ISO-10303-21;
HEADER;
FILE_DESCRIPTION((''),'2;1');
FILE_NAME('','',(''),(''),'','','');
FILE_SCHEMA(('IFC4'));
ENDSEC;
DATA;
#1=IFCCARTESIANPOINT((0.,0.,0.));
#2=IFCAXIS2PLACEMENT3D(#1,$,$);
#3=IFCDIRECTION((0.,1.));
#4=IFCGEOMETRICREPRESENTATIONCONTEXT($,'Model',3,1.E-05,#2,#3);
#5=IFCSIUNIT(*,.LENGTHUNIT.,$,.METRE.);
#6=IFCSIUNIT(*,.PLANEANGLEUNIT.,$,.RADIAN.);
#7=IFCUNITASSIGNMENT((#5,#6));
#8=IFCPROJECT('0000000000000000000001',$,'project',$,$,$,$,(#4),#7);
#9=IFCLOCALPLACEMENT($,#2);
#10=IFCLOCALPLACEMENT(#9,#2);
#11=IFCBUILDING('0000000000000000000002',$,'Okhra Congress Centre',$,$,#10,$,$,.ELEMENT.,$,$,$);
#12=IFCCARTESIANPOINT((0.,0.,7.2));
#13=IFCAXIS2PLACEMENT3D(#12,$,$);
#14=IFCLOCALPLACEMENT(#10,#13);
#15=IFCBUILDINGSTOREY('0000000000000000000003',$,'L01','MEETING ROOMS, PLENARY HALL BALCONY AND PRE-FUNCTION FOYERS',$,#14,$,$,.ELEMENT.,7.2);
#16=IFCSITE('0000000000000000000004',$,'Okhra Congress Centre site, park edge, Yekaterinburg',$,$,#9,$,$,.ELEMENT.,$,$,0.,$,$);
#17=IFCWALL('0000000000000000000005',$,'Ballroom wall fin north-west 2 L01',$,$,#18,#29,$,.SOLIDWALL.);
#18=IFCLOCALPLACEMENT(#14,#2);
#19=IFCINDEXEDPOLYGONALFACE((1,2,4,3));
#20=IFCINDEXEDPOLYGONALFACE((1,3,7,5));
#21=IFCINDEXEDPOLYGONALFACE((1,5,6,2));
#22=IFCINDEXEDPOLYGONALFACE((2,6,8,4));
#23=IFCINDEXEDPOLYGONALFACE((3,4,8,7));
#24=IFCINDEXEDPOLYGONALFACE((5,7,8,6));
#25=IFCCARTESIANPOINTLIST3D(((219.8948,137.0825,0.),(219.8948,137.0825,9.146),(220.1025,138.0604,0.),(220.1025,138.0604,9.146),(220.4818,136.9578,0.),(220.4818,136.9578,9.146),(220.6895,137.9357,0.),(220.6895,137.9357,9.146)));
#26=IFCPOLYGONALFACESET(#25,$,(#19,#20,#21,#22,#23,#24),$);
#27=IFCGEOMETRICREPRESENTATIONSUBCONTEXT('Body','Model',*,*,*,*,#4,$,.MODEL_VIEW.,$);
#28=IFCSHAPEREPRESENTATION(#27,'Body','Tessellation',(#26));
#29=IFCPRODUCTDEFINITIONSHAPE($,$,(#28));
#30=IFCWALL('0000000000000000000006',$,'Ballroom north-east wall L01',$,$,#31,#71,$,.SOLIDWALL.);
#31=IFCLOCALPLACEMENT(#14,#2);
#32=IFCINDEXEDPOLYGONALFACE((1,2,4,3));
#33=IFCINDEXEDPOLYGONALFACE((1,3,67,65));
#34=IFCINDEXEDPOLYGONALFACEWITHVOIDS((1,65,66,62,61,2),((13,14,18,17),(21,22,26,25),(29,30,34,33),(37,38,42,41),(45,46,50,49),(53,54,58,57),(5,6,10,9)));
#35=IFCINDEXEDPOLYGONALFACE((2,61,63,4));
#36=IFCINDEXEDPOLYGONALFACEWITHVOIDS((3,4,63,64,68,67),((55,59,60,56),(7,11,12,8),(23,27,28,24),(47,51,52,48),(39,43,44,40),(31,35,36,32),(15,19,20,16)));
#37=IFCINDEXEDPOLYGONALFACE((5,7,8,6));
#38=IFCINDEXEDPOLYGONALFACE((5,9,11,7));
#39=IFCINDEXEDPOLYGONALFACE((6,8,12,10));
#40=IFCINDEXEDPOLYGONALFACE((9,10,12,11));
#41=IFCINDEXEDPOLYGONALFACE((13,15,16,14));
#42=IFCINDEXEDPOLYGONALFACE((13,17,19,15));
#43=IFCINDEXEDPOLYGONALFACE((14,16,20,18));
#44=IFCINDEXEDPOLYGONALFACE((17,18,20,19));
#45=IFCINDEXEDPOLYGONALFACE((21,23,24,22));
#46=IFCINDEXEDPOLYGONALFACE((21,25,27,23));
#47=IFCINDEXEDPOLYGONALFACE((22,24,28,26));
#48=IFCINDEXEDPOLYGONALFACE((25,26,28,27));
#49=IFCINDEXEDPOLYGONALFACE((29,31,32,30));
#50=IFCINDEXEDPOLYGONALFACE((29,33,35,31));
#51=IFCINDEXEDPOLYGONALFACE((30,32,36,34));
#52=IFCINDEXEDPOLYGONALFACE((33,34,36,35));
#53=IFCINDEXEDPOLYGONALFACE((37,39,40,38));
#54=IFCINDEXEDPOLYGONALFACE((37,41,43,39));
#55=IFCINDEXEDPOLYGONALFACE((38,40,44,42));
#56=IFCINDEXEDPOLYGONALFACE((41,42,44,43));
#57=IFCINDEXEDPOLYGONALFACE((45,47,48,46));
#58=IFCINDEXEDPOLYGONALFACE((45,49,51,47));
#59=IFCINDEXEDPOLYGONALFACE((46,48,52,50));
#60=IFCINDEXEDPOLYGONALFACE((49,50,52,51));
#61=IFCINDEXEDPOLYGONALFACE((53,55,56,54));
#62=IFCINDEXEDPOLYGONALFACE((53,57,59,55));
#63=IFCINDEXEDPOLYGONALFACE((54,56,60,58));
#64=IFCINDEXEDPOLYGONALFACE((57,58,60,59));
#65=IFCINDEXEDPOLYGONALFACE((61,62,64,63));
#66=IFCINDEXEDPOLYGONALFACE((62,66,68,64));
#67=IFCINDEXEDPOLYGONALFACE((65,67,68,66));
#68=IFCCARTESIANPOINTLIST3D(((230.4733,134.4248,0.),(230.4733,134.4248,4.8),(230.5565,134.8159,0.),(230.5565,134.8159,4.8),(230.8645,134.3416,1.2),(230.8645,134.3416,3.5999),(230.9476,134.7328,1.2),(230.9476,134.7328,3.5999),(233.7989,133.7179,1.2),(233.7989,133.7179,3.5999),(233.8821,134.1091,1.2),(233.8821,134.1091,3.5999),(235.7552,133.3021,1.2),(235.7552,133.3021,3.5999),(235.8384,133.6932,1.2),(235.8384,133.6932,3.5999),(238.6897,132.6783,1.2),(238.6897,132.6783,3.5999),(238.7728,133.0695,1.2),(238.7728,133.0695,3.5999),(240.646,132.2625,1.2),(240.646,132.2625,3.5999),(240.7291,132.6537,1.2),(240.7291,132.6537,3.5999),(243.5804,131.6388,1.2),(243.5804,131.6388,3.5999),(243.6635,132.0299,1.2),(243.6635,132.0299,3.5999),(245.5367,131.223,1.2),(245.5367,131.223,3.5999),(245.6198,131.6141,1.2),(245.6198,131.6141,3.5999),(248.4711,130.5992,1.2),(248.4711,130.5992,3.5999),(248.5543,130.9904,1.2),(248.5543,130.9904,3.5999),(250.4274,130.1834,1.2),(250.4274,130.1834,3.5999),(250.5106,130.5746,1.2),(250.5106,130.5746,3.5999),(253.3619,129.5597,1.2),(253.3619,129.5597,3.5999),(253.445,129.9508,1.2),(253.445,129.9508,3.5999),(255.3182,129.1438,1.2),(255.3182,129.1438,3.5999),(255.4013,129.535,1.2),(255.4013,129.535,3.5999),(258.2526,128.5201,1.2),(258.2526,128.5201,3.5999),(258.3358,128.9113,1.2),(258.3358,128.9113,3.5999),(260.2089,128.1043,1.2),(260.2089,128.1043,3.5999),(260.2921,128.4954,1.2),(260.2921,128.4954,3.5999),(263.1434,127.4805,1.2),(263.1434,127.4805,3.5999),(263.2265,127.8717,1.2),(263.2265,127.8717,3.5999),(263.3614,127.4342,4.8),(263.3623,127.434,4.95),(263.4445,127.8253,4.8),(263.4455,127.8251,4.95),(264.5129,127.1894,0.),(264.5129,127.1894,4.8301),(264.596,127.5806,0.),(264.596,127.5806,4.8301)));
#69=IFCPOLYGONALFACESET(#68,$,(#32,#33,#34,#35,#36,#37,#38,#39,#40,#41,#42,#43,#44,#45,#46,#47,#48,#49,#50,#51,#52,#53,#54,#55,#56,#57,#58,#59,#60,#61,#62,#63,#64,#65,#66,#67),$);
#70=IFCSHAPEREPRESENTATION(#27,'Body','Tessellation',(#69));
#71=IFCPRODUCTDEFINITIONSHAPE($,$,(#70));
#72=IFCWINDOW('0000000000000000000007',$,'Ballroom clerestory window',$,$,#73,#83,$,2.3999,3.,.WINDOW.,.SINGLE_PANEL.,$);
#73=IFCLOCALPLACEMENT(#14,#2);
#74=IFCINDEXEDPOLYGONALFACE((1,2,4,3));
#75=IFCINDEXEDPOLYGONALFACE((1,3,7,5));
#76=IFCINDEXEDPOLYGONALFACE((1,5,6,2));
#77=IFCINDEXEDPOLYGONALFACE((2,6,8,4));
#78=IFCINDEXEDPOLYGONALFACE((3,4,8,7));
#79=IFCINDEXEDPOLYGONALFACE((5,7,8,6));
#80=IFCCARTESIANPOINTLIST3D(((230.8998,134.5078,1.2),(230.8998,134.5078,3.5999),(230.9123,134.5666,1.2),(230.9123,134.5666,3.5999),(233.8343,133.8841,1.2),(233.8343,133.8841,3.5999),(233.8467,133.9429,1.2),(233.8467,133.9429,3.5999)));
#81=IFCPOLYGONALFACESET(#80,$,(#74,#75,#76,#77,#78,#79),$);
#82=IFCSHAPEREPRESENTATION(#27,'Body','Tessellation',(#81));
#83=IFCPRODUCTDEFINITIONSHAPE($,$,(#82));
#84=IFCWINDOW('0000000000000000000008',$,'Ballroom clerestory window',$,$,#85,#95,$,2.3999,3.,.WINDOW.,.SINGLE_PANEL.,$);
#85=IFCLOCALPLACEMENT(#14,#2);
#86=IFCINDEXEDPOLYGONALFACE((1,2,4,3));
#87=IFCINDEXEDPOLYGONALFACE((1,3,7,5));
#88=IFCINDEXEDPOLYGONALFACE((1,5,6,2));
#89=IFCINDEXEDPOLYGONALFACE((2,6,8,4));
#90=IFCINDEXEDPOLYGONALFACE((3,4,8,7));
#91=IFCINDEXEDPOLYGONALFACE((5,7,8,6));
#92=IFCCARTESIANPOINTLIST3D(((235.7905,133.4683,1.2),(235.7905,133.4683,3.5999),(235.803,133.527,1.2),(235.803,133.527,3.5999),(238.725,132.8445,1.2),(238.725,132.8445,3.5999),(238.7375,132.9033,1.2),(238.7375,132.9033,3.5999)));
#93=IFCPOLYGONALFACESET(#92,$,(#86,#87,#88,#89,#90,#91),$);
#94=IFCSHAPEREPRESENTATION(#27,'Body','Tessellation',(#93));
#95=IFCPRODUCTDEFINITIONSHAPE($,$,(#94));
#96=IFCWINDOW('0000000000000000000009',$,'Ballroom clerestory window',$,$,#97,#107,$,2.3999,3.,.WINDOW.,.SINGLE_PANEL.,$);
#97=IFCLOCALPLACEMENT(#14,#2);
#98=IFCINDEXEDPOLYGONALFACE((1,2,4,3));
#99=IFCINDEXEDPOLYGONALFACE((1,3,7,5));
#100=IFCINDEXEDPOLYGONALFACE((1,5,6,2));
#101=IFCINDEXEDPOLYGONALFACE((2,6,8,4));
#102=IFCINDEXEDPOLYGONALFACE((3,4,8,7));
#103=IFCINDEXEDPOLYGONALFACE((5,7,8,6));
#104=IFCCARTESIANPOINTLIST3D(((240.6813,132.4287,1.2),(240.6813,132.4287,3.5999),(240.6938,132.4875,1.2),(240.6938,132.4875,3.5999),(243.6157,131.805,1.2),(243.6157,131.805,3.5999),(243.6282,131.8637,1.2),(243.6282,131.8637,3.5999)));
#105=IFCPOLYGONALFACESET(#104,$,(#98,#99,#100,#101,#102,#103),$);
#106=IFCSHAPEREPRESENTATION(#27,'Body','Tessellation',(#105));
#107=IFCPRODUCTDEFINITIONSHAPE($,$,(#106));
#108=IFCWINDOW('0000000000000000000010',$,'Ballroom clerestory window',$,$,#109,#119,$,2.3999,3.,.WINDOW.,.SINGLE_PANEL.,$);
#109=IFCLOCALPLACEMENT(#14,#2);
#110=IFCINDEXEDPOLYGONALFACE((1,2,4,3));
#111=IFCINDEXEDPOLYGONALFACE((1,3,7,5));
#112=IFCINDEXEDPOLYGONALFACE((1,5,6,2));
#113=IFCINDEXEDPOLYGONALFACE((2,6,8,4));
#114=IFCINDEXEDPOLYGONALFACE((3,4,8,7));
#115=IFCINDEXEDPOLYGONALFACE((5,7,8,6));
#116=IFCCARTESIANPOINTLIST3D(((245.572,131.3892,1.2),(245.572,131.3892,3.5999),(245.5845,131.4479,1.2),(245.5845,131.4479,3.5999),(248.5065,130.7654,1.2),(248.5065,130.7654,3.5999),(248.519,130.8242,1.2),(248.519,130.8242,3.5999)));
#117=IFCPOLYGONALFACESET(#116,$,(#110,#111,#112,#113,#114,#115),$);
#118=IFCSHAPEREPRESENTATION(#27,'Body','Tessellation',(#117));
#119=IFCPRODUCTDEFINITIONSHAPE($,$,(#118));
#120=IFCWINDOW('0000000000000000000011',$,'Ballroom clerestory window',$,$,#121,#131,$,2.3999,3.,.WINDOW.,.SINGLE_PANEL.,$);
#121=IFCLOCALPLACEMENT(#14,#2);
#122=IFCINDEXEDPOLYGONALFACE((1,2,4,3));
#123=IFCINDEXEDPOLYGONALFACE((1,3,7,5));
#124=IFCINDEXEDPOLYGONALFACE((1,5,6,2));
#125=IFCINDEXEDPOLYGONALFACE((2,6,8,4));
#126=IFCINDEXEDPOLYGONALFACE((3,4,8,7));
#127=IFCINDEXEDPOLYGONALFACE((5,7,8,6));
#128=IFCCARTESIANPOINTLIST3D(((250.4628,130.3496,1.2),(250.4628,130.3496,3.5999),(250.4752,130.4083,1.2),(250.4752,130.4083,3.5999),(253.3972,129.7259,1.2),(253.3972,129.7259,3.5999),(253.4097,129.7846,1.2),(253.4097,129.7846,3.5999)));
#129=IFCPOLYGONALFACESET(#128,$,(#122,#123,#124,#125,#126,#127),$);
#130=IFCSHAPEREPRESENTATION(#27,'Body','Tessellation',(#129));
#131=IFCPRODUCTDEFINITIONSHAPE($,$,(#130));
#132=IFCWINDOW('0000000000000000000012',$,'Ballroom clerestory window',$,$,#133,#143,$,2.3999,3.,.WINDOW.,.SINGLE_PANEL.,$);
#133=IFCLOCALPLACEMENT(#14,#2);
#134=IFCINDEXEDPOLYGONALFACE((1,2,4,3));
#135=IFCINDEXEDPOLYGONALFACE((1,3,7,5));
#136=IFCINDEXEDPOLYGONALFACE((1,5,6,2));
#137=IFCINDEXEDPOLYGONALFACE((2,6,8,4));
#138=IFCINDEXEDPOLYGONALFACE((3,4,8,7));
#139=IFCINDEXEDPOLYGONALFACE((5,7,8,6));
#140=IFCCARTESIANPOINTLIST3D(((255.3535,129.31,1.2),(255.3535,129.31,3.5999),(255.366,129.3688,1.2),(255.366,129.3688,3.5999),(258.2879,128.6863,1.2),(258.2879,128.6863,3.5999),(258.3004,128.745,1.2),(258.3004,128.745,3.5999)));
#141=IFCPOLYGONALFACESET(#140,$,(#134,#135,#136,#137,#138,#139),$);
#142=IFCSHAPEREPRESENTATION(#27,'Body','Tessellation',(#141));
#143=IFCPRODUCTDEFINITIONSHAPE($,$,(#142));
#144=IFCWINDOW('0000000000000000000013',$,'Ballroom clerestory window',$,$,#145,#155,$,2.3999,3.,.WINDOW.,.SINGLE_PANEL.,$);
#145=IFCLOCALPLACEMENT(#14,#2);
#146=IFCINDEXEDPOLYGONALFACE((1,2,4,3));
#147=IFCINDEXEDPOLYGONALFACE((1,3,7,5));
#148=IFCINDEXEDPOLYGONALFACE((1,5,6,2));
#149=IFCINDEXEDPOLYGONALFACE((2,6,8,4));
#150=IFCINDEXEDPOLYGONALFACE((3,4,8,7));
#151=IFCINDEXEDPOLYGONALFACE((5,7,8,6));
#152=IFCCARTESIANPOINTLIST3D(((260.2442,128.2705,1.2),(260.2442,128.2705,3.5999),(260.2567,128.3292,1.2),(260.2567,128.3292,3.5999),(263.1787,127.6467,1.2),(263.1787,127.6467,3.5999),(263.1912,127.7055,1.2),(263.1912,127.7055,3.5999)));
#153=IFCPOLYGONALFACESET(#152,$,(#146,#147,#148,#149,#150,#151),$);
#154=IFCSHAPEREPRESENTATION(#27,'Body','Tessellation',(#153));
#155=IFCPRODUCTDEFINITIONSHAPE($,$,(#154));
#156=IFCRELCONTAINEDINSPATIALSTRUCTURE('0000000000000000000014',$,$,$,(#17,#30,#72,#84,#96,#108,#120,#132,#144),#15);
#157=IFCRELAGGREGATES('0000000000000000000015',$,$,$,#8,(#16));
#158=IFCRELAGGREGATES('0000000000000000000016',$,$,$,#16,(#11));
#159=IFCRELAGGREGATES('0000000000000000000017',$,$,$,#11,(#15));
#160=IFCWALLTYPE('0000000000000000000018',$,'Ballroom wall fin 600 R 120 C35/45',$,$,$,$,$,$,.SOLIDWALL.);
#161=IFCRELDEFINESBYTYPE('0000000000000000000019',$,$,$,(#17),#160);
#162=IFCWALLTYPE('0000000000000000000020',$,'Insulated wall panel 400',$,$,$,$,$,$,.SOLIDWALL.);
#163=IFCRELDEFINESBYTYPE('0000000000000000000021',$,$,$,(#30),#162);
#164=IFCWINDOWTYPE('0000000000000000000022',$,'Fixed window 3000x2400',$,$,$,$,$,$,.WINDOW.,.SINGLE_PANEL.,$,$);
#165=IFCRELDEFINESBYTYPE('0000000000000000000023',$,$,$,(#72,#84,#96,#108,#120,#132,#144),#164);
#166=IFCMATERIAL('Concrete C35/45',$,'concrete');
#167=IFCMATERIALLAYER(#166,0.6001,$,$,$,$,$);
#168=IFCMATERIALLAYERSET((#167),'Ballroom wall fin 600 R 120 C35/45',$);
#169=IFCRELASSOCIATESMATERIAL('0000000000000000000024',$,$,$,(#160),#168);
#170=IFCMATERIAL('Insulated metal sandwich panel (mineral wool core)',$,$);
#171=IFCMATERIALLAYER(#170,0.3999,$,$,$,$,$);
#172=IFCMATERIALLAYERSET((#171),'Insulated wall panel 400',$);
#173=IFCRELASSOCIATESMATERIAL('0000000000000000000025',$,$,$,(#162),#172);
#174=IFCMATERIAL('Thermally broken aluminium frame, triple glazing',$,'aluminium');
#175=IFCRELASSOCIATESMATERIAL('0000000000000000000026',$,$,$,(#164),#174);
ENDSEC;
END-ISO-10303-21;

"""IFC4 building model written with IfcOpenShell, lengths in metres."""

from ifc_helpers import new_model, si_unit, direction, frame, frame_2d, origin, place, context, subcontext, project, spatial, polyline, rectangle, outline, extrude, material, layer, layer_set, type_object, element, fill, save


model = new_model("IFC4")

# Units and contexts
model_context = context("Model", 3, precision=1e-05, world=origin(), true_north=direction((0.0, 1.0)))
body_context = subcontext(model_context, "Body", "Model", "MODEL_VIEW")
ifc_project = project(units=[si_unit("LENGTHUNIT", "METRE"), si_unit("PLANEANGLEUNIT", "RADIAN")], contexts=[model_context])

# Site, building, storey
site_placement = place(None, origin())
site = spatial("IfcSite", under=ifc_project, at=site_placement, Name="Okhra Congress Centre site, park edge, Yekaterinburg", CompositionType="ELEMENT", RefElevation=0.0)
building_placement = place(site_placement, origin())
building = spatial("IfcBuilding", under=site, at=building_placement, Name="Okhra Congress Centre", CompositionType="ELEMENT")
storey_placement = place(building_placement, frame((0.0, 0.0, 7.2)))
storey = spatial("IfcBuildingStorey", under=building, at=storey_placement, Name="L01", Description="MEETING ROOMS, PLENARY HALL BALCONY AND PRE-FUNCTION FOYERS", CompositionType="ELEMENT", Elevation=7.2)

# Wall
ifc_material_1 = material(Name="Concrete C35/45", Category="concrete")
ifc_layer_1 = layer(ifc_material_1, 0.6001)
ifc_layer_set_1 = layer_set([ifc_layer_1], Name="Ballroom wall fin 600 R 120 C35/45")
wall_type_1 = type_object("IfcWallType", Name="Ballroom wall fin 600 R 120 C35/45", PredefinedType="SOLIDWALL", material=ifc_layer_set_1)
wall_1_placement = place(storey_placement, frame((220.1882, 137.02, 0.0), z_axis=(0.0, 0.0, 1.0), x_axis=(0.207795, 0.978173, 0.0)))
element("IfcWall", 1, at=wall_1_placement, inside=storey, type_object=wall_type_1, Name="Ballroom wall fin north-west 2 L01", PredefinedType="SOLIDWALL", context=body_context, shape_type="SweptSolid", body=[
    extrude(rectangle(XDim=0.9998, YDim=0.6001, at=frame_2d((0.5, 0.0))), origin(), (0.0, 0.0, 1.0), 9.146),
])

# Wall, openings, windows
ifc_material_2 = material(Name="Insulated metal sandwich panel (mineral wool core)")
ifc_layer_2 = layer(ifc_material_2, 0.3999)
ifc_layer_set_2 = layer_set([ifc_layer_2], Name="Insulated wall panel 400")
wall_type_2 = type_object("IfcWallType", Name="Insulated wall panel 400", PredefinedType="SOLIDWALL", material=ifc_layer_set_2)
wall_2_placement = place(storey_placement, frame((230.5149, 134.6204, 0.0), z_axis=(0.0, 0.0, 1.0), x_axis=(0.978147, -0.207912, 0.0)))
wall_2 = element("IfcWall", 2, at=wall_2_placement, inside=storey, type_object=wall_type_2, Name="Ballroom north-east wall L01", PredefinedType="SOLIDWALL", context=body_context, shape_type="SweptSolid", body=[
    extrude(outline(polyline([(0.0, 0.0), (34.8, 0.0), (34.8, 4.8301), (33.6238, 4.95), (33.6228, 4.8), (0.0, 4.8), (0.0, 0.0)])), frame((0.0, 0.2, 0.0), z_axis=(0.0, -1.0, 0.0), x_axis=(1.0, 0.0, 0.0)), (0.0, 0.0, 1.0), 0.3999),
])
opening_1_placement = place(wall_2_placement, frame((0.3999, 0.0, 1.2)))
opening_1 = element("IfcOpeningElement", 3, at=opening_1_placement, cuts=wall_2, PredefinedType="OPENING", context=body_context, shape_type="SweptSolid", body=[
    extrude(rectangle(XDim=3.0, YDim=2.3999, at=frame_2d((1.5, 1.2))), frame((0.0, 0.21, 0.0), z_axis=(0.0, -1.0, 0.0), x_axis=(1.0, 0.0, 0.0)), (0.0, 0.0, 1.0), 0.4199),
])
opening_2_placement = place(wall_2_placement, frame((5.3999, 0.0, 1.2)))
opening_2 = element("IfcOpeningElement", 4, at=opening_2_placement, cuts=wall_2, PredefinedType="OPENING", context=body_context, shape_type="SweptSolid", body=[
    extrude(rectangle(XDim=3.0, YDim=2.3999, at=frame_2d((1.5, 1.2))), frame((0.0, 0.21, 0.0), z_axis=(0.0, -1.0, 0.0), x_axis=(1.0, 0.0, 0.0)), (0.0, 0.0, 1.0), 0.4199),
])
opening_3_placement = place(wall_2_placement, frame((10.3999, 0.0, 1.2)))
opening_3 = element("IfcOpeningElement", 5, at=opening_3_placement, cuts=wall_2, PredefinedType="OPENING", context=body_context, shape_type="SweptSolid", body=[
    extrude(rectangle(XDim=3.0, YDim=2.3999, at=frame_2d((1.5, 1.2))), frame((0.0, 0.21, 0.0), z_axis=(0.0, -1.0, 0.0), x_axis=(1.0, 0.0, 0.0)), (0.0, 0.0, 1.0), 0.4199),
])
opening_4_placement = place(wall_2_placement, frame((15.3999, 0.0, 1.2)))
opening_4 = element("IfcOpeningElement", 6, at=opening_4_placement, cuts=wall_2, PredefinedType="OPENING", context=body_context, shape_type="SweptSolid", body=[
    extrude(rectangle(XDim=3.0, YDim=2.3999, at=frame_2d((1.5, 1.2))), frame((0.0, 0.21, 0.0), z_axis=(0.0, -1.0, 0.0), x_axis=(1.0, 0.0, 0.0)), (0.0, 0.0, 1.0), 0.4199),
])
opening_5_placement = place(wall_2_placement, frame((20.3999, 0.0, 1.2)))
opening_5 = element("IfcOpeningElement", 7, at=opening_5_placement, cuts=wall_2, PredefinedType="OPENING", context=body_context, shape_type="SweptSolid", body=[
    extrude(rectangle(XDim=3.0, YDim=2.3999, at=frame_2d((1.5, 1.2))), frame((0.0, 0.21, 0.0), z_axis=(0.0, -1.0, 0.0), x_axis=(1.0, 0.0, 0.0)), (0.0, 0.0, 1.0), 0.4199),
])
opening_6_placement = place(wall_2_placement, frame((25.3999, 0.0, 1.2)))
opening_6 = element("IfcOpeningElement", 8, at=opening_6_placement, cuts=wall_2, PredefinedType="OPENING", context=body_context, shape_type="SweptSolid", body=[
    extrude(rectangle(XDim=3.0, YDim=2.3999, at=frame_2d((1.5, 1.2))), frame((0.0, 0.21, 0.0), z_axis=(0.0, -1.0, 0.0), x_axis=(1.0, 0.0, 0.0)), (0.0, 0.0, 1.0), 0.4199),
])
opening_7_placement = place(wall_2_placement, frame((30.3999, 0.0, 1.2)))
opening_7 = element("IfcOpeningElement", 9, at=opening_7_placement, cuts=wall_2, PredefinedType="OPENING", context=body_context, shape_type="SweptSolid", body=[
    extrude(rectangle(XDim=3.0, YDim=2.3999, at=frame_2d((1.5, 1.2))), frame((0.0, 0.21, 0.0), z_axis=(0.0, -1.0, 0.0), x_axis=(1.0, 0.0, 0.0)), (0.0, 0.0, 1.0), 0.4199),
])
ifc_material_3 = material(Name="Thermally broken aluminium frame, triple glazing", Category="aluminium")
window_type = type_object("IfcWindowType", Name="Fixed window 3000x2400", PartitioningType="SINGLE_PANEL", PredefinedType="WINDOW", material=ifc_material_3)
window_1_placement = place(opening_1_placement, origin())
window_1 = element("IfcWindow", 10, at=window_1_placement, inside=storey, type_object=window_type, Name="Ballroom clerestory window", OverallHeight=2.3999, OverallWidth=3.0, PartitioningType="SINGLE_PANEL", PredefinedType="WINDOW", context=body_context, shape_type="SweptSolid", body=[
    extrude(rectangle(XDim=3.0, YDim=2.3999, at=frame_2d((1.5, 1.2))), frame((0.0, 0.03, 0.0), z_axis=(0.0, -1.0, 0.0), x_axis=(1.0, 0.0, 0.0)), (0.0, 0.0, 1.0), 0.0601),
])
fill(opening_1, window_1)
window_2_placement = place(opening_2_placement, origin())
window_2 = element("IfcWindow", 11, at=window_2_placement, inside=storey, type_object=window_type, Name="Ballroom clerestory window", OverallHeight=2.3999, OverallWidth=3.0, PartitioningType="SINGLE_PANEL", PredefinedType="WINDOW", context=body_context, shape_type="SweptSolid", body=[
    extrude(rectangle(XDim=3.0, YDim=2.3999, at=frame_2d((1.5, 1.2))), frame((0.0, 0.03, 0.0), z_axis=(0.0, -1.0, 0.0), x_axis=(1.0, 0.0, 0.0)), (0.0, 0.0, 1.0), 0.0601),
])
fill(opening_2, window_2)
window_3_placement = place(opening_3_placement, origin())
window_3 = element("IfcWindow", 12, at=window_3_placement, inside=storey, type_object=window_type, Name="Ballroom clerestory window", OverallHeight=2.3999, OverallWidth=3.0, PartitioningType="SINGLE_PANEL", PredefinedType="WINDOW", context=body_context, shape_type="SweptSolid", body=[
    extrude(rectangle(XDim=3.0, YDim=2.3999, at=frame_2d((1.5, 1.2))), frame((0.0, 0.03, 0.0), z_axis=(0.0, -1.0, 0.0), x_axis=(1.0, 0.0, 0.0)), (0.0, 0.0, 1.0), 0.0601),
])
fill(opening_3, window_3)
window_4_placement = place(opening_4_placement, origin())
window_4 = element("IfcWindow", 13, at=window_4_placement, inside=storey, type_object=window_type, Name="Ballroom clerestory window", OverallHeight=2.3999, OverallWidth=3.0, PartitioningType="SINGLE_PANEL", PredefinedType="WINDOW", context=body_context, shape_type="SweptSolid", body=[
    extrude(rectangle(XDim=3.0, YDim=2.3999, at=frame_2d((1.5, 1.2))), frame((0.0, 0.03, 0.0), z_axis=(0.0, -1.0, 0.0), x_axis=(1.0, 0.0, 0.0)), (0.0, 0.0, 1.0), 0.0601),
])
fill(opening_4, window_4)
window_5_placement = place(opening_5_placement, origin())
window_5 = element("IfcWindow", 14, at=window_5_placement, inside=storey, type_object=window_type, Name="Ballroom clerestory window", OverallHeight=2.3999, OverallWidth=3.0, PartitioningType="SINGLE_PANEL", PredefinedType="WINDOW", context=body_context, shape_type="SweptSolid", body=[
    extrude(rectangle(XDim=3.0, YDim=2.3999, at=frame_2d((1.5, 1.2))), frame((0.0, 0.03, 0.0), z_axis=(0.0, -1.0, 0.0), x_axis=(1.0, 0.0, 0.0)), (0.0, 0.0, 1.0), 0.0601),
])
fill(opening_5, window_5)
window_6_placement = place(opening_6_placement, origin())
window_6 = element("IfcWindow", 15, at=window_6_placement, inside=storey, type_object=window_type, Name="Ballroom clerestory window", OverallHeight=2.3999, OverallWidth=3.0, PartitioningType="SINGLE_PANEL", PredefinedType="WINDOW", context=body_context, shape_type="SweptSolid", body=[
    extrude(rectangle(XDim=3.0, YDim=2.3999, at=frame_2d((1.5, 1.2))), frame((0.0, 0.03, 0.0), z_axis=(0.0, -1.0, 0.0), x_axis=(1.0, 0.0, 0.0)), (0.0, 0.0, 1.0), 0.0601),
])
fill(opening_6, window_6)
window_7_placement = place(opening_7_placement, origin())
window_7 = element("IfcWindow", 16, at=window_7_placement, inside=storey, type_object=window_type, Name="Ballroom clerestory window", OverallHeight=2.3999, OverallWidth=3.0, PartitioningType="SINGLE_PANEL", PredefinedType="WINDOW", context=body_context, shape_type="SweptSolid", body=[
    extrude(rectangle(XDim=3.0, YDim=2.3999, at=frame_2d((1.5, 1.2))), frame((0.0, 0.03, 0.0), z_axis=(0.0, -1.0, 0.0), x_axis=(1.0, 0.0, 0.0)), (0.0, 0.0, 1.0), 0.0601),
])
fill(opening_7, window_7)

save(model, "model.ifc")
